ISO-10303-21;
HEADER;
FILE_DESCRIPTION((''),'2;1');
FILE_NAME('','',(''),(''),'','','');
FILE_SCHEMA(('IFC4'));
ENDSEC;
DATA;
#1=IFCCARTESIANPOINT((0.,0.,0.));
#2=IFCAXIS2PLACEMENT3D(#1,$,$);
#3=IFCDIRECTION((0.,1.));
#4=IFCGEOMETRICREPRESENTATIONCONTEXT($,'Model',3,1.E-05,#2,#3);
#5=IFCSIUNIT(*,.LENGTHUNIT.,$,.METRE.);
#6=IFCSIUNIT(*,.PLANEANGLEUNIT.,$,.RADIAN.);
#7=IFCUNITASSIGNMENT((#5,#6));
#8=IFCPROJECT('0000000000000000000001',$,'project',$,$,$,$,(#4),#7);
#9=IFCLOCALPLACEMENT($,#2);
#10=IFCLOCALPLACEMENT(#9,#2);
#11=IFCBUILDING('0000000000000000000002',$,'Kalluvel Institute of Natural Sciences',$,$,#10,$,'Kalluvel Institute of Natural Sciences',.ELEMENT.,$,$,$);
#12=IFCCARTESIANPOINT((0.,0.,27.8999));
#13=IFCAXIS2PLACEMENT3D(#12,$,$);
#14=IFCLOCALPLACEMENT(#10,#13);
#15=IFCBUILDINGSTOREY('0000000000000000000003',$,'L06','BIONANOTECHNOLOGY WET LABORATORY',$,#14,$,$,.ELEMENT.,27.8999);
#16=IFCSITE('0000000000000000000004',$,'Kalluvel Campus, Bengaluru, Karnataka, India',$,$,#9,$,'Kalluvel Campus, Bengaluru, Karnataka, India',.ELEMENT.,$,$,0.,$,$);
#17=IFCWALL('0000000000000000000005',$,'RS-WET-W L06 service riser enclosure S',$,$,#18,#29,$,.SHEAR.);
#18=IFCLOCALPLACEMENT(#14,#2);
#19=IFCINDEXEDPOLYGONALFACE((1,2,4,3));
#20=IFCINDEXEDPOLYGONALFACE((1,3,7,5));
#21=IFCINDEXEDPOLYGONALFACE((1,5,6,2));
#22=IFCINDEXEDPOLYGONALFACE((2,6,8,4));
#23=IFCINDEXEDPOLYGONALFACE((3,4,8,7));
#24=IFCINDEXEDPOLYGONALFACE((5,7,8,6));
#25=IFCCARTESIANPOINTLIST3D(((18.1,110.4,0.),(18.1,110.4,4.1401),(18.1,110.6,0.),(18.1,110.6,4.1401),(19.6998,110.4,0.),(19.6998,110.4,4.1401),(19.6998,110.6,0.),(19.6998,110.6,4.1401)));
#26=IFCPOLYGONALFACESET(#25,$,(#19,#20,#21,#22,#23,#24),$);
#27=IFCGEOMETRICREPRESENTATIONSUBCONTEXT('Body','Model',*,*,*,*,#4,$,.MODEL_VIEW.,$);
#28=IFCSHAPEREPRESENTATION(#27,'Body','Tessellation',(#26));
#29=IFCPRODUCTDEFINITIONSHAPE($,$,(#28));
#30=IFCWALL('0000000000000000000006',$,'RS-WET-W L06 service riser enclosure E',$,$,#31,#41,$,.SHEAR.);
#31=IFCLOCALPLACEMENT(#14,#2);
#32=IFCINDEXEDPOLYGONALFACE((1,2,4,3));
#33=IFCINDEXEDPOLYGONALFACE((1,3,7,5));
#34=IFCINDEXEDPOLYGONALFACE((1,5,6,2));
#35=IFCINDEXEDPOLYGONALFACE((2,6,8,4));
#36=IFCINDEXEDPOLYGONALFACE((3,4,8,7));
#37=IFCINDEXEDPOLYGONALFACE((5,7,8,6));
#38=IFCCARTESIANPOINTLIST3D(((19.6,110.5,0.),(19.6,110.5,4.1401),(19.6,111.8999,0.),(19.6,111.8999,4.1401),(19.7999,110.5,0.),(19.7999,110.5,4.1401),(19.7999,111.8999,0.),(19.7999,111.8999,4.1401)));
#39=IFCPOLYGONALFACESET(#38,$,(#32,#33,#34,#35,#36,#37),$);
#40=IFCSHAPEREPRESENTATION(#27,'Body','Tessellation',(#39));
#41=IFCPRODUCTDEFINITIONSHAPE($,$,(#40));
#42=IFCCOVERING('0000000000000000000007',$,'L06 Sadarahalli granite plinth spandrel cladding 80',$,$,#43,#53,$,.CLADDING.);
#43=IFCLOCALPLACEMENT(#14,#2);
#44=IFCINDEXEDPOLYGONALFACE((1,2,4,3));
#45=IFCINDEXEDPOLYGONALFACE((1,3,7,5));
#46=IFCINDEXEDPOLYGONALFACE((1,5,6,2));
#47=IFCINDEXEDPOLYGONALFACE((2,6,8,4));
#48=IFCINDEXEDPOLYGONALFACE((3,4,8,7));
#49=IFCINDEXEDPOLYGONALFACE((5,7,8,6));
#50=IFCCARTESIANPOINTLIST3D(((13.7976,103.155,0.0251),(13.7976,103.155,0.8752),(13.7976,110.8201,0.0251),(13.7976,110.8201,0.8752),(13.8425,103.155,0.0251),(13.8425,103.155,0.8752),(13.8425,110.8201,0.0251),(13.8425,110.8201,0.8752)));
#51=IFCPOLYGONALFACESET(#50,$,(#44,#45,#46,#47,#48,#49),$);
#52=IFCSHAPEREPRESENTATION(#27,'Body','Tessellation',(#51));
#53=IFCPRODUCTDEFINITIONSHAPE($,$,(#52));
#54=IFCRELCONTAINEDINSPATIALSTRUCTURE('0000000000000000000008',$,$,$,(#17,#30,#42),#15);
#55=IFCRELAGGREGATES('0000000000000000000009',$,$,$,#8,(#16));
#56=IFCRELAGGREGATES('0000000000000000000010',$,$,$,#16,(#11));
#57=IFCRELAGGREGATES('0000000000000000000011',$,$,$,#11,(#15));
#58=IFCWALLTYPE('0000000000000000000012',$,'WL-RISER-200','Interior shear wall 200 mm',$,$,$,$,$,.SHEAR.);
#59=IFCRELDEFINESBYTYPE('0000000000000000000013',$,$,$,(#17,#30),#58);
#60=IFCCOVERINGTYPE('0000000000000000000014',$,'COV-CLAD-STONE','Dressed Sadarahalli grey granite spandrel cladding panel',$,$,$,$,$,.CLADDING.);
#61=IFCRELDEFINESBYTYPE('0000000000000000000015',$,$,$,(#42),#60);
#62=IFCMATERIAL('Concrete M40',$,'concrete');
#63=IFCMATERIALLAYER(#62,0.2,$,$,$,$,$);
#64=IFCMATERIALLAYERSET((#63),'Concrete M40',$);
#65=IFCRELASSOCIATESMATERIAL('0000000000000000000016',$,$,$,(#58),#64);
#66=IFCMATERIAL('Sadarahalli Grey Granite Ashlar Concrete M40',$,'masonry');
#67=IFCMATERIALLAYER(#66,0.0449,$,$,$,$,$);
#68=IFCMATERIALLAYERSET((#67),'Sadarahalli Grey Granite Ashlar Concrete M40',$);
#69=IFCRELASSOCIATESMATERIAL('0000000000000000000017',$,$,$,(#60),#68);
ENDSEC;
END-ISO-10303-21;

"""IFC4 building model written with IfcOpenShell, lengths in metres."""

from ifc_helpers import new_model, si_unit, direction, frame, frame_2d, origin, origin_2d, place, context, subcontext, project, spatial, rectangle, extrude, material, layer, layer_set, type_object, element, save


model = new_model("IFC4")

# Units and contexts
model_context = context("Model", 3, precision=1e-05, world=origin(), true_north=direction((0.0, 1.0)))
body_context = subcontext(model_context, "Body", "Model", "MODEL_VIEW")
ifc_project = project(units=[si_unit("LENGTHUNIT", "METRE"), si_unit("PLANEANGLEUNIT", "RADIAN")], contexts=[model_context])

# Site, building, storey
site_placement = place(None, origin())
site = spatial("IfcSite", under=ifc_project, at=site_placement, Name="Kalluvel Campus, Bengaluru, Karnataka, India", LongName="Kalluvel Campus, Bengaluru, Karnataka, India", CompositionType="ELEMENT", RefElevation=0.0)
building_placement = place(site_placement, origin())
building = spatial("IfcBuilding", under=site, at=building_placement, Name="Kalluvel Institute of Natural Sciences", LongName="Kalluvel Institute of Natural Sciences", CompositionType="ELEMENT")
storey_placement = place(building_placement, frame((0.0, 0.0, 27.8999)))
storey = spatial("IfcBuildingStorey", under=building, at=storey_placement, Name="L06", Description="BIONANOTECHNOLOGY WET LABORATORY", CompositionType="ELEMENT", Elevation=27.8999)

# Shared definitions
ifc_material_1 = material(Name="Concrete M40", Category="concrete")

# Walls
ifc_material_2 = material(Name="Sadarahalli Grey Granite Ashlar Concrete M40", Category="masonry")
ifc_layer_1 = layer(ifc_material_1, 0.2)
ifc_layer_set_1 = layer_set([ifc_layer_1], Name="Concrete M40")
wall_type_1 = type_object("IfcWallType", Name="WL-RISER-200", Description="Interior shear wall 200 mm", PredefinedType="SHEAR", material=ifc_layer_set_1)
wall_1_placement = place(storey_placement, frame((18.1001, 110.5, 0.0), z_axis=(0.0, 0.0, 1.0), x_axis=(1.0, 0.0, 0.0)))
element("IfcWall", 1, at=wall_1_placement, inside=storey, type_object=wall_type_1, Name="RS-WET-W L06 service riser enclosure S", PredefinedType="SHEAR", context=body_context, shape_type="SweptSolid", body=[
    extrude(rectangle(XDim=1.5999, YDim=0.2, at=frame_2d((0.7998, 0.0))), origin(), (0.0, 0.0, 1.0), 4.1401),
])
wall_2_placement = place(storey_placement, frame((19.7, 110.5, 0.0), z_axis=(0.0, 0.0, 1.0), x_axis=(0.0, 1.0, 0.0)))
element("IfcWall", 2, at=wall_2_placement, inside=storey, type_object=wall_type_1, Name="RS-WET-W L06 service riser enclosure E", PredefinedType="SHEAR", context=body_context, shape_type="SweptSolid", body=[
    extrude(rectangle(XDim=1.3999, YDim=0.2, at=frame_2d((0.7, 0.0))), origin(), (0.0, 0.0, 1.0), 4.1401),
])

# Covering
ifc_layer_2 = layer(ifc_material_2, 0.0449)
ifc_layer_set_2 = layer_set([ifc_layer_2], Name="Sadarahalli Grey Granite Ashlar Concrete M40")
covering_type = type_object("IfcCoveringType", Name="COV-CLAD-STONE", Description="Dressed Sadarahalli grey granite spandrel cladding panel", PredefinedType="CLADDING", material=ifc_layer_set_2)
covering_placement = place(storey_placement, frame((13.8201, 106.9875, 0.0251), z_axis=(0.0, 0.0, 1.0), x_axis=(0.0, 1.0, 0.0)))
element("IfcCovering", 3, at=covering_placement, inside=storey, type_object=covering_type, Name="L06 Sadarahalli granite plinth spandrel cladding 80", PredefinedType="CLADDING", context=body_context, shape_type="SweptSolid", body=[
    extrude(rectangle(XDim=7.665, YDim=0.0449, at=origin_2d()), origin(), (0.0, 0.0, 1.0), 0.8501),
])

save(model, "model.ifc")
